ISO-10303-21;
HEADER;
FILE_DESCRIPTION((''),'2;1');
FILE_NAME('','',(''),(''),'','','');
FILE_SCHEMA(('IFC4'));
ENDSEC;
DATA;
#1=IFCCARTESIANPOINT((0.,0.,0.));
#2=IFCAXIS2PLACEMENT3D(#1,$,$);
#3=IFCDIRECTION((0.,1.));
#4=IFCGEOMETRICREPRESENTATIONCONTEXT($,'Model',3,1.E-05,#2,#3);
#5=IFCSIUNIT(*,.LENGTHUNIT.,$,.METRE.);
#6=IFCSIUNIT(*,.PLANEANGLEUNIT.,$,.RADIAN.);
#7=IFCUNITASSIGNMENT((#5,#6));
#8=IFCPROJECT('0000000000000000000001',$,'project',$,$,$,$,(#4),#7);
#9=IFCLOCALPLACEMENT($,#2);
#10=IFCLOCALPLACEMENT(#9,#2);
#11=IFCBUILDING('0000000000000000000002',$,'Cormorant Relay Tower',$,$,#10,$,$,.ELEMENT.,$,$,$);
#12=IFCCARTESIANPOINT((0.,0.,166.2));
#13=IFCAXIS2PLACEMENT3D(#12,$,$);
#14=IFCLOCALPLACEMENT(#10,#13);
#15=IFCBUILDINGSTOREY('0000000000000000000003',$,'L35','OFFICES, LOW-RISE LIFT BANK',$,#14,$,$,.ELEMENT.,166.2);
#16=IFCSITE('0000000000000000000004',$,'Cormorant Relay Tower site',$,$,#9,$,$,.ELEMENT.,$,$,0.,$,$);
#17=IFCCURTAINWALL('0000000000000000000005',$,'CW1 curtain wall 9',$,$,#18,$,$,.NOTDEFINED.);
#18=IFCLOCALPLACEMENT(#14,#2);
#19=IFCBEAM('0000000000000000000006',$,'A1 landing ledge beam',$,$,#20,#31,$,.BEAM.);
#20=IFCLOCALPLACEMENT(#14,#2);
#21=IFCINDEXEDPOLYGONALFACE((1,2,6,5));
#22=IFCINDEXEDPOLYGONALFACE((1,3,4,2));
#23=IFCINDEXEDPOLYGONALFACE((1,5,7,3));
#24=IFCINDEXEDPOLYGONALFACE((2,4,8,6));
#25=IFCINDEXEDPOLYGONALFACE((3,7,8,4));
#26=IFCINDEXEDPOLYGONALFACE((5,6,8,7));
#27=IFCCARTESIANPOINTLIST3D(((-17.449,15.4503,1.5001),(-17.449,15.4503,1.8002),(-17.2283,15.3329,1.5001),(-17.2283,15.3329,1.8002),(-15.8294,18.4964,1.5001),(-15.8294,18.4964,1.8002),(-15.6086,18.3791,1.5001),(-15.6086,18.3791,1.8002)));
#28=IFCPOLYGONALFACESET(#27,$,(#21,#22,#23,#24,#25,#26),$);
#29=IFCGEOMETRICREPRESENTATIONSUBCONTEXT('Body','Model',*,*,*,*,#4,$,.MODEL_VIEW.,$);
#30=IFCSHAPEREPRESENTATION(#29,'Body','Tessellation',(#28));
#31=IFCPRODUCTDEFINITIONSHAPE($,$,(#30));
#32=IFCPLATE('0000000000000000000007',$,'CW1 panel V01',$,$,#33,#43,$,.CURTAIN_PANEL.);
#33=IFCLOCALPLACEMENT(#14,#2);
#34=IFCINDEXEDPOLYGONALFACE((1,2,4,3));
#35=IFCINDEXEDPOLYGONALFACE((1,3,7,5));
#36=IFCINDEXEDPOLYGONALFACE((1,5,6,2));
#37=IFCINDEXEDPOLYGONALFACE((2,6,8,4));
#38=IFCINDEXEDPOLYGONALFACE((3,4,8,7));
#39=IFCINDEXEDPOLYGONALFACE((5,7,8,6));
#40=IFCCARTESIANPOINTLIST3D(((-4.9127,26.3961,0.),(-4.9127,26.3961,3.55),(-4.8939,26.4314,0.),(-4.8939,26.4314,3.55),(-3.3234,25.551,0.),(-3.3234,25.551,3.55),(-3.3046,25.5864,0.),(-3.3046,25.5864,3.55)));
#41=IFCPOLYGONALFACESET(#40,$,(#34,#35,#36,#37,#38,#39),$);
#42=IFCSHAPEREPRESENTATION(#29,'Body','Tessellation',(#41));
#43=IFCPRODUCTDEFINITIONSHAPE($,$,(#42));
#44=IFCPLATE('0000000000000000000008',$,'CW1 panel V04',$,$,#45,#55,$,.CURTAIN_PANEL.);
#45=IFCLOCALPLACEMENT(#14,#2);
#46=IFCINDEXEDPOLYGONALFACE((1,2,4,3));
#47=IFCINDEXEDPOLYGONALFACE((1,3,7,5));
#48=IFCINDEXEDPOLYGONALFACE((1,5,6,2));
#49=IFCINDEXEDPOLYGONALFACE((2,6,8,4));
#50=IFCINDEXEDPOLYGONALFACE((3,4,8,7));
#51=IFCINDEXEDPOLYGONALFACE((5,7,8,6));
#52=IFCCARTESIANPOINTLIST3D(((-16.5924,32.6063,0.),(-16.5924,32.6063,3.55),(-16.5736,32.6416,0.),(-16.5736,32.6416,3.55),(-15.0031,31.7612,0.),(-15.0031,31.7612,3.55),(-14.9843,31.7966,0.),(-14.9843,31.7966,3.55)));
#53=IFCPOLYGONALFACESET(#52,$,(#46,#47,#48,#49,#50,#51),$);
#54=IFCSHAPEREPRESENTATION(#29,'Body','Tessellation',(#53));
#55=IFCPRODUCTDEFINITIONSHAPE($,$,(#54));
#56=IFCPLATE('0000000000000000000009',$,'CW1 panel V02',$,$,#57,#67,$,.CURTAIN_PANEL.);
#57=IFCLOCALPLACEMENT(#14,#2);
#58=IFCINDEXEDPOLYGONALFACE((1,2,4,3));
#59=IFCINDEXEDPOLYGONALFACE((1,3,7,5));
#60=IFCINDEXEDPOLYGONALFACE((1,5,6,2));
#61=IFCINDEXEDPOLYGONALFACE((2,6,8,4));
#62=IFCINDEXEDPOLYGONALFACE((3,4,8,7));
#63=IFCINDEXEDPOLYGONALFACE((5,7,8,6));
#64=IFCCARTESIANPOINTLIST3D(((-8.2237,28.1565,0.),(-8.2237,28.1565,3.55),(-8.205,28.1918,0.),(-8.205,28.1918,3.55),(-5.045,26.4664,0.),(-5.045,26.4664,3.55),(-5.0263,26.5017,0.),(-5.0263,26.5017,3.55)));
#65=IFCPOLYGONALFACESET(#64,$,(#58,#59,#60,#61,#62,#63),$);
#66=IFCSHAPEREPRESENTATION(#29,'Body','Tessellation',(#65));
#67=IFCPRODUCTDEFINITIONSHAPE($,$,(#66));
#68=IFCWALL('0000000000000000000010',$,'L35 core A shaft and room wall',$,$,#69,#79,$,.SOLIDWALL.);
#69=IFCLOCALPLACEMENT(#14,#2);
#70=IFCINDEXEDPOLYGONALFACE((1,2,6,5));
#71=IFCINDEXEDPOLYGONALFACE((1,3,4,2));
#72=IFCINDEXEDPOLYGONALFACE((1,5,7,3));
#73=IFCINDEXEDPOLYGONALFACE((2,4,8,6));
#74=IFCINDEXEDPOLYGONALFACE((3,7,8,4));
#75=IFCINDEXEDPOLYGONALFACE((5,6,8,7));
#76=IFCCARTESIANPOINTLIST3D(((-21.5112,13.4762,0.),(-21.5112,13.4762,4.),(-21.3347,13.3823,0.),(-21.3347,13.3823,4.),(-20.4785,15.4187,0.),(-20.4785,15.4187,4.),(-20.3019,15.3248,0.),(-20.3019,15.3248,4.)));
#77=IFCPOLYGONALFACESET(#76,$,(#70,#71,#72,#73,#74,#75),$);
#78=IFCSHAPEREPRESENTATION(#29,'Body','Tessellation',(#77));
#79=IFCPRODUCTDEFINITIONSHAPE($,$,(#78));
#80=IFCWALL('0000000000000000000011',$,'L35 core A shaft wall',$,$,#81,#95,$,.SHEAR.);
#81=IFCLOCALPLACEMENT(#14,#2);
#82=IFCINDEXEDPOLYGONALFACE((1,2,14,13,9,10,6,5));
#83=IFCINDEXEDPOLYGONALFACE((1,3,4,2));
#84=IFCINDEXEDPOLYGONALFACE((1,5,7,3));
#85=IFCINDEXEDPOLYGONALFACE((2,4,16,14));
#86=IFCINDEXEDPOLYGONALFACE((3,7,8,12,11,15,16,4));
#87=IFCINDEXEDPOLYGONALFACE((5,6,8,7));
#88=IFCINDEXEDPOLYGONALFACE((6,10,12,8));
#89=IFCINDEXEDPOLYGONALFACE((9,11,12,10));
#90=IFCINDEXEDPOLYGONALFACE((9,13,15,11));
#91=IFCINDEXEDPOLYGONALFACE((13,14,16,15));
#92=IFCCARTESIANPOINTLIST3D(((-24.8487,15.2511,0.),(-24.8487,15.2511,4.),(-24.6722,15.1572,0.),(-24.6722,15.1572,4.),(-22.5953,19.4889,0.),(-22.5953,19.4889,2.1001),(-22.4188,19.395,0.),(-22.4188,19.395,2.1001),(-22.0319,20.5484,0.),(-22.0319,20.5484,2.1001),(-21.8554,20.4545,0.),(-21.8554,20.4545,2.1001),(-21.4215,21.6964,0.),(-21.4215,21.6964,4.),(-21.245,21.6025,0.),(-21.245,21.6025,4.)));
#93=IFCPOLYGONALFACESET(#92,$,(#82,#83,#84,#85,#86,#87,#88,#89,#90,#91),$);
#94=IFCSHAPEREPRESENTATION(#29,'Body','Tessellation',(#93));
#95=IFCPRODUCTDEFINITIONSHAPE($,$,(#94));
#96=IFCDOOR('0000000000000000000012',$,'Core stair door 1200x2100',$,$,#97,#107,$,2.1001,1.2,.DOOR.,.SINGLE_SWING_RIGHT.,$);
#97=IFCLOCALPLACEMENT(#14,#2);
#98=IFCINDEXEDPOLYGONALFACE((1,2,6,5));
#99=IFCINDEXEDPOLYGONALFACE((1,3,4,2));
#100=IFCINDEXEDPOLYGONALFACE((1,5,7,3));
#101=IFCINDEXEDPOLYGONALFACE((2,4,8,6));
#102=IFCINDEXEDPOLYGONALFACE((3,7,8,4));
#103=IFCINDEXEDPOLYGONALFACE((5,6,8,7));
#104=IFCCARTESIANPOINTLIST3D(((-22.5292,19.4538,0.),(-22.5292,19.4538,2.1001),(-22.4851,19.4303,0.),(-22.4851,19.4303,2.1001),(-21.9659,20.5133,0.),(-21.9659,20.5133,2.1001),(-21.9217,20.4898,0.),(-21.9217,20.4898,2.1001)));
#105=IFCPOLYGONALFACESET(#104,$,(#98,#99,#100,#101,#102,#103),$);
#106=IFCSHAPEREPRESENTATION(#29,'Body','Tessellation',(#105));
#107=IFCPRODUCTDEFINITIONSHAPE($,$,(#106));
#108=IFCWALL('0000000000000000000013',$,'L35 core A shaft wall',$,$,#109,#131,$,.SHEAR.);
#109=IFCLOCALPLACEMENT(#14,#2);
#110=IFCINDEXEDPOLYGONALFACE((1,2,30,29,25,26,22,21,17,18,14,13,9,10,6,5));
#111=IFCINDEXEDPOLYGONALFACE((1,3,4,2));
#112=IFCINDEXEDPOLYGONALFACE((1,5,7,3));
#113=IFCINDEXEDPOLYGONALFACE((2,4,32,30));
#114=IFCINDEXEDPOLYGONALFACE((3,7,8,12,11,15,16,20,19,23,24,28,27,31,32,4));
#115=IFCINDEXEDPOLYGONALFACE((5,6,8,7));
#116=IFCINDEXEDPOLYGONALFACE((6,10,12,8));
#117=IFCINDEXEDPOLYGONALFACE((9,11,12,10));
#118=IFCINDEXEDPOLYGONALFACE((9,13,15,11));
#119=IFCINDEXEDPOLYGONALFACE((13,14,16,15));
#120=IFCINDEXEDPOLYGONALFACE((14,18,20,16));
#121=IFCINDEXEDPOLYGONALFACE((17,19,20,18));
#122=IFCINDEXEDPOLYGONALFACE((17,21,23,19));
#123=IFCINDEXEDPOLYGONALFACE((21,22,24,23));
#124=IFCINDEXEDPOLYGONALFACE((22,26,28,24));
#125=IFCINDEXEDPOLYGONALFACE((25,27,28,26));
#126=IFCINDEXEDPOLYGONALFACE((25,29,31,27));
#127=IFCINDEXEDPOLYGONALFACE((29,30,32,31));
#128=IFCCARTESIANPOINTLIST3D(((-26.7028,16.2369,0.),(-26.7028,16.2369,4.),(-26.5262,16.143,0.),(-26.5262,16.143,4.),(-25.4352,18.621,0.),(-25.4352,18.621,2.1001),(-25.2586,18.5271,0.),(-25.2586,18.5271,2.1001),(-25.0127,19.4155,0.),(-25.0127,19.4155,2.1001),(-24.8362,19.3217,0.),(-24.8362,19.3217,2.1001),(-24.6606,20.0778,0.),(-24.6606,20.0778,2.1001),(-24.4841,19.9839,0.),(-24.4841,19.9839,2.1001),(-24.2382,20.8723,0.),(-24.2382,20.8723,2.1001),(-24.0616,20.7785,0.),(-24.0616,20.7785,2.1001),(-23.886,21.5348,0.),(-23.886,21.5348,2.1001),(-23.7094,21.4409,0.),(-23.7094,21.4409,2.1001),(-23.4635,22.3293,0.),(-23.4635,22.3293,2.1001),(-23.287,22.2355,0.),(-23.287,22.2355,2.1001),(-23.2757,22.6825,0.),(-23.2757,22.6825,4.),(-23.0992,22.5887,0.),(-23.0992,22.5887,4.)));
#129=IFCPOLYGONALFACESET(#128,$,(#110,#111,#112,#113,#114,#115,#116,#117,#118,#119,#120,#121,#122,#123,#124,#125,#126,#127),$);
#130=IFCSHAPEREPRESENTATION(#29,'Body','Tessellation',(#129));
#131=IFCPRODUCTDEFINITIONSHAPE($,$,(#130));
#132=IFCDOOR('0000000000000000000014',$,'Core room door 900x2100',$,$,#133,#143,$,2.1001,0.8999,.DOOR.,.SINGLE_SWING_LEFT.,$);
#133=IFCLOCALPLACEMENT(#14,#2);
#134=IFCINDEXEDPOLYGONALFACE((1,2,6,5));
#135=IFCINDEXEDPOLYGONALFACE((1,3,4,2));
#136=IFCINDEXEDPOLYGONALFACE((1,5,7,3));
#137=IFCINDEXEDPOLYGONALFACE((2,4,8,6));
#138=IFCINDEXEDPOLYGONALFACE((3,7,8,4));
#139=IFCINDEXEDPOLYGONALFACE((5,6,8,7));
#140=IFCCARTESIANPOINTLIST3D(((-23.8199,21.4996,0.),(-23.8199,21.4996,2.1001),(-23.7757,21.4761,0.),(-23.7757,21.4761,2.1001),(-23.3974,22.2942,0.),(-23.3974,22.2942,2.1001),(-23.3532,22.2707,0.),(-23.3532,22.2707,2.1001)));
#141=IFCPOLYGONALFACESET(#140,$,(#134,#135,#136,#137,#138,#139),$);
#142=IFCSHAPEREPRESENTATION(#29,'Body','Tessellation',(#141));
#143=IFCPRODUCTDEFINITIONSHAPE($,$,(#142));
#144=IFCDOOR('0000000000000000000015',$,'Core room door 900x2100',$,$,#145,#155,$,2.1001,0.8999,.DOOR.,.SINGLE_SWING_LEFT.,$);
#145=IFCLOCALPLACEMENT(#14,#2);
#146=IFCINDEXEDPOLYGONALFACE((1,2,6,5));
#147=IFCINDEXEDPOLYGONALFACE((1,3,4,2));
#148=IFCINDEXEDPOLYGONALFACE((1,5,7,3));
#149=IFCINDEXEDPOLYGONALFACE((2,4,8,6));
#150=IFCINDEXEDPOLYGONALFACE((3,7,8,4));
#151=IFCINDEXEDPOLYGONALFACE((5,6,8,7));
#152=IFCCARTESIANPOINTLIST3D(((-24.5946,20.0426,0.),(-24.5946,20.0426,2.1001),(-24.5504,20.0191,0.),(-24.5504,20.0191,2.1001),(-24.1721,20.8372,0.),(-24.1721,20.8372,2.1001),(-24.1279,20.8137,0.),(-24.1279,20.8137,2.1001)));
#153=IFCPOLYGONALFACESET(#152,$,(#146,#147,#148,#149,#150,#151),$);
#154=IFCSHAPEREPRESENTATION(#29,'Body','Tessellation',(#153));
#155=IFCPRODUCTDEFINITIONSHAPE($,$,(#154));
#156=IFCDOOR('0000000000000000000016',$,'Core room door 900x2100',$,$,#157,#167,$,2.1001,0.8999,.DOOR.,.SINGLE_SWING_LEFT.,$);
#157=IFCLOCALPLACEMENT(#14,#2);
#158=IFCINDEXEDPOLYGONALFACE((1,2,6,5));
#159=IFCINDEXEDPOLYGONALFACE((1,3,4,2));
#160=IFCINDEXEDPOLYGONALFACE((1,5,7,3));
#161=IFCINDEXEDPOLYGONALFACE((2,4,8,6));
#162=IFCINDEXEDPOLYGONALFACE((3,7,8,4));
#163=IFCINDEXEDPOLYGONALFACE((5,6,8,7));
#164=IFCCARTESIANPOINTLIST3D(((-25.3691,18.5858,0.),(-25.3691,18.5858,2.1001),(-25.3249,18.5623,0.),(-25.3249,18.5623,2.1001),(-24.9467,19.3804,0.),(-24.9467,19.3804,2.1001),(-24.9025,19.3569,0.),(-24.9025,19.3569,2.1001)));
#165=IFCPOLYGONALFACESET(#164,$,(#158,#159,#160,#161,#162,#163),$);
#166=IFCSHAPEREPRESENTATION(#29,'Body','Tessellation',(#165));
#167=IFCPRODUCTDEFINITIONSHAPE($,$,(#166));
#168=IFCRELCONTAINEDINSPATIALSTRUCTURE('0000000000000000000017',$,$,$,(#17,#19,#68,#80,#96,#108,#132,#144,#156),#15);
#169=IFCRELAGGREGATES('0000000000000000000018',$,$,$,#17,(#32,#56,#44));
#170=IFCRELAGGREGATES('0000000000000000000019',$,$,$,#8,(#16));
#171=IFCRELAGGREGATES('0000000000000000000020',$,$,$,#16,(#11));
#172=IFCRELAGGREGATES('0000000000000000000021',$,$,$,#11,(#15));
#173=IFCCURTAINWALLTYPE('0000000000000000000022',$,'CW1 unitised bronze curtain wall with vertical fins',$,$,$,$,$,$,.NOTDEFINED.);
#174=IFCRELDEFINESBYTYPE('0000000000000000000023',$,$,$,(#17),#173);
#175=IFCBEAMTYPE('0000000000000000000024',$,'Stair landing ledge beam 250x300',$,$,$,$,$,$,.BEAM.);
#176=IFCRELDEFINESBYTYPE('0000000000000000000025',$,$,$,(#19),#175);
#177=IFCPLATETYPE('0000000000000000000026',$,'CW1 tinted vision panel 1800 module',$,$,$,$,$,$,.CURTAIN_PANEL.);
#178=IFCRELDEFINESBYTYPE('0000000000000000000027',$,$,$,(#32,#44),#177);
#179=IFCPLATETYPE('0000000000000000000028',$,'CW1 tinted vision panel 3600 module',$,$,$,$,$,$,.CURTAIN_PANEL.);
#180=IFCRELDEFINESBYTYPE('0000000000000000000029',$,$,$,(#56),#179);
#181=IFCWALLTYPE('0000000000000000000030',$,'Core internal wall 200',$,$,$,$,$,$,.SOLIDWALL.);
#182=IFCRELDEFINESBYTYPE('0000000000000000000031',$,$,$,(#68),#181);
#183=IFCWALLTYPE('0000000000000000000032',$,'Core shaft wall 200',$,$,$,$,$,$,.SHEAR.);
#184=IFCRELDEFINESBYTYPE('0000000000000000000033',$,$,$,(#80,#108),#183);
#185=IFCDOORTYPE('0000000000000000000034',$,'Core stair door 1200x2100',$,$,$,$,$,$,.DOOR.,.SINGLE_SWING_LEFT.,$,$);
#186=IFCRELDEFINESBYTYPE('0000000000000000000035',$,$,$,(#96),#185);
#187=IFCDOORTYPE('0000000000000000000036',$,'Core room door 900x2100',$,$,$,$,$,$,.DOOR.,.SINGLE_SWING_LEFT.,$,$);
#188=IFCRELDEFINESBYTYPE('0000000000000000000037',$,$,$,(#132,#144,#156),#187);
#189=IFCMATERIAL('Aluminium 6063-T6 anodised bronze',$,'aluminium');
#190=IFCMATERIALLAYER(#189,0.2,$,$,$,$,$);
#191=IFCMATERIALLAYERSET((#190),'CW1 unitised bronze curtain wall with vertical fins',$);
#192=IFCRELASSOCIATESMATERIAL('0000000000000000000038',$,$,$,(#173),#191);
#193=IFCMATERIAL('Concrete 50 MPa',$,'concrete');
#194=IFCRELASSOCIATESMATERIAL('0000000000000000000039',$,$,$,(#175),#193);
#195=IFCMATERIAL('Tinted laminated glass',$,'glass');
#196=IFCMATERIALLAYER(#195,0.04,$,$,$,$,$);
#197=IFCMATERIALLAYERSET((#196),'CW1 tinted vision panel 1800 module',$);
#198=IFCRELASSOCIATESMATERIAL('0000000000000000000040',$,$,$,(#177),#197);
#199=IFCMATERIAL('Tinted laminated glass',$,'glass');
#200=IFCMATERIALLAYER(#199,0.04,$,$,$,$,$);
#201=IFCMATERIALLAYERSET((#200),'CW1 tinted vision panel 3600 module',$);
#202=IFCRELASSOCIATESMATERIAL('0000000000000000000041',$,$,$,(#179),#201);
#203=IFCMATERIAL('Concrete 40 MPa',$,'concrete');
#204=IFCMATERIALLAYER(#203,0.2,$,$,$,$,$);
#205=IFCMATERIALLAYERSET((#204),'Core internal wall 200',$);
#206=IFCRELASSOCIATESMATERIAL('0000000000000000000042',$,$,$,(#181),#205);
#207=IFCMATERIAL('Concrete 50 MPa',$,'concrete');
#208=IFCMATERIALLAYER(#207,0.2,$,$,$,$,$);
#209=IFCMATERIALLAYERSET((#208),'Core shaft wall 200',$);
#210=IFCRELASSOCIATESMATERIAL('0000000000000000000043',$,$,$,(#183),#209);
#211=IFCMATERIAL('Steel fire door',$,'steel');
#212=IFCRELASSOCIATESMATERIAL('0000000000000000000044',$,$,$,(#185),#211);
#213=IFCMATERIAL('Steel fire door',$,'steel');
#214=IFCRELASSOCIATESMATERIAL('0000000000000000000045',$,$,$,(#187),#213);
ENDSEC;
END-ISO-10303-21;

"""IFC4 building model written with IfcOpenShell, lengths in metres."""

from ifc_helpers import new_model, si_unit, direction, frame, frame_2d, origin, origin_2d, place, context, subcontext, project, spatial, rectangle, extrude, material, layer, layer_set, material_profile, profile_set, type_object, element, fill, aggregate, save


model = new_model("IFC4")

# Units and contexts
model_context = context("Model", 3, precision=1e-05, world=origin(), true_north=direction((0.0, 1.0)))
body_context = subcontext(model_context, "Body", "Model", "MODEL_VIEW")
ifc_project = project(units=[si_unit("LENGTHUNIT", "METRE"), si_unit("PLANEANGLEUNIT", "RADIAN")], contexts=[model_context])

# Site, building, storey
site_placement = place(None, origin())
site = spatial("IfcSite", under=ifc_project, at=site_placement, Name="Cormorant Relay Tower site", CompositionType="ELEMENT", RefElevation=0.0)
building_placement = place(site_placement, origin())
building = spatial("IfcBuilding", under=site, at=building_placement, Name="Cormorant Relay Tower", CompositionType="ELEMENT")
storey_placement = place(building_placement, frame((0.0, 0.0, 166.2)))
storey = spatial("IfcBuildingStorey", under=building, at=storey_placement, Name="L35", Description="OFFICES, LOW-RISE LIFT BANK", CompositionType="ELEMENT", Elevation=166.2)

# Curtain wall
ifc_material_1 = material(Name="Aluminium 6063-T6 anodised bronze", Category="aluminium")
ifc_layer_1 = layer(ifc_material_1, 0.2)
ifc_layer_set_1 = layer_set([ifc_layer_1], Name="CW1 unitised bronze curtain wall with vertical fins")
curtain_wall_type = type_object("IfcCurtainWallType", Name="CW1 unitised bronze curtain wall with vertical fins", PredefinedType="NOTDEFINED", material=ifc_layer_set_1)
curtain_wall_placement = place(storey_placement, origin())
curtain_wall = element("IfcCurtainWall", 1, at=curtain_wall_placement, inside=storey, type_object=curtain_wall_type, Name="CW1 curtain wall 9", PredefinedType="NOTDEFINED")

# Beam
ifc_material_2 = material(Name="Concrete 50 MPa", Category="concrete")
ifc_material_profile_1 = material_profile(ifc_material_2, rectangle(XDim=0.25, YDim=0.3, at=origin_2d()), Name="RC 250x300")
ifc_profile_set_1 = profile_set([ifc_material_profile_1], Name="Concrete 50 MPa")
beam_type_1 = type_object("IfcBeamType", Name="Stair landing ledge beam 250x300", PredefinedType="BEAM", material=ifc_profile_set_1)
beam_1_placement = place(storey_placement, frame((-17.3386, 15.3916, 1.6501), z_axis=(0.469464, 0.882952, 0.0), x_axis=(-0.882952, 0.469464, 0.0)))
element("IfcBeam", 2, at=beam_1_placement, inside=storey, type_object=beam_type_1, Name="A1 landing ledge beam", PredefinedType="BEAM", context=body_context, shape_type="SweptSolid", body=[
    extrude(rectangle(XDim=0.25, YDim=0.3, at=origin_2d()), origin(), (0.0, 0.0, 1.0), 3.45),
])

# Plates
ifc_material_3 = material(Name="Tinted laminated glass", Category="glass")
ifc_layer_2 = layer(ifc_material_3, 0.04)
ifc_layer_set_2 = layer_set([ifc_layer_2], Name="CW1 tinted vision panel 1800 module")
plate_type_1 = type_object("IfcPlateType", Name="CW1 tinted vision panel 1800 module", PredefinedType="CURTAIN_PANEL", material=ifc_layer_set_2)
plate_1_placement = place(storey_placement, frame((-4.1086, 25.9912, 0.0), z_axis=(0.0, 0.0, 1.0), x_axis=(-0.882948, 0.469472, 0.0)))
plate_1 = element("IfcPlate", 3, at=plate_1_placement, type_object=plate_type_1, Name="CW1 panel V01", PredefinedType="CURTAIN_PANEL", context=body_context, shape_type="SweptSolid", body=[
    extrude(rectangle(XDim=1.8, YDim=0.04, at=origin_2d()), origin(), (0.0, 0.0, 1.0), 3.55),
])
plate_2_placement = place(storey_placement, frame((-15.7883, 32.2014, 0.0), z_axis=(0.0, 0.0, 1.0), x_axis=(-0.882948, 0.469472, 0.0)))
plate_2 = element("IfcPlate", 4, at=plate_2_placement, type_object=plate_type_1, Name="CW1 panel V04", PredefinedType="CURTAIN_PANEL", context=body_context, shape_type="SweptSolid", body=[
    extrude(rectangle(XDim=1.8, YDim=0.04, at=origin_2d()), origin(), (0.0, 0.0, 1.0), 3.55),
])
ifc_material_4 = material(Name="Tinted laminated glass", Category="glass")
ifc_layer_3 = layer(ifc_material_4, 0.04)
ifc_layer_set_3 = layer_set([ifc_layer_3], Name="CW1 tinted vision panel 3600 module")
plate_type_2 = type_object("IfcPlateType", Name="CW1 tinted vision panel 3600 module", PredefinedType="CURTAIN_PANEL", material=ifc_layer_set_3)
plate_3_placement = place(storey_placement, frame((-6.625, 27.3291, 0.0), z_axis=(0.0, 0.0, 1.0), x_axis=(-0.882948, 0.469472, 0.0)))
plate_3 = element("IfcPlate", 5, at=plate_3_placement, type_object=plate_type_2, Name="CW1 panel V02", PredefinedType="CURTAIN_PANEL", context=body_context, shape_type="SweptSolid", body=[
    extrude(rectangle(XDim=3.6001, YDim=0.04, at=origin_2d()), origin(), (0.0, 0.0, 1.0), 3.55),
])

# Wall
ifc_material_5 = material(Name="Concrete 40 MPa", Category="concrete")
ifc_layer_4 = layer(ifc_material_5, 0.2)
ifc_layer_set_4 = layer_set([ifc_layer_4], Name="Core internal wall 200")
wall_type_1 = type_object("IfcWallType", Name="Core internal wall 200", PredefinedType="SOLIDWALL", material=ifc_layer_set_4)
wall_1_placement = place(storey_placement, frame((-20.3901, 15.3718, 0.0), z_axis=(0.0, 0.0, 1.0), x_axis=(-0.469447, -0.88296, 0.0)))
element("IfcWall", 6, at=wall_1_placement, inside=storey, type_object=wall_type_1, Name="L35 core A shaft and room wall", PredefinedType="SOLIDWALL", context=body_context, shape_type="SweptSolid", body=[
    extrude(rectangle(XDim=2.2, YDim=0.2, at=frame_2d((1.1001, 0.0))), origin(), (0.0, 0.0, 1.0), 4.0),
])

# Wall, opening, door
ifc_material_6 = material(Name="Concrete 50 MPa", Category="concrete")
ifc_layer_5 = layer(ifc_material_6, 0.2)
ifc_layer_set_5 = layer_set([ifc_layer_5], Name="Core shaft wall 200")
wall_type_2 = type_object("IfcWallType", Name="Core shaft wall 200", PredefinedType="SHEAR", material=ifc_layer_set_5)
wall_2_placement = place(storey_placement, frame((-21.3333, 21.6494, 0.0), z_axis=(0.0, 0.0, 1.0), x_axis=(-0.469494, -0.882936, 0.0)))
wall_2 = element("IfcWall", 7, at=wall_2_placement, inside=storey, type_object=wall_type_2, Name="L35 core A shaft wall", PredefinedType="SHEAR", context=body_context, shape_type="SweptSolid", body=[
    extrude(rectangle(XDim=7.2998, YDim=0.2, at=frame_2d((3.6499, 0.0))), origin(), (0.0, 0.0, 1.0), 4.0),
])
opening_1_placement = place(wall_2_placement, frame((1.3, 0.0, 0.0)))
opening_1 = element("IfcOpeningElement", 8, at=opening_1_placement, cuts=wall_2, PredefinedType="OPENING", context=body_context, shape_type="SweptSolid", body=[
    extrude(rectangle(XDim=1.2, YDim=2.1001, at=frame_2d((0.6001, 1.05))), frame((0.0, 0.1099, 0.0), z_axis=(0.0, -1.0, 0.0), x_axis=(1.0, 0.0, 0.0)), (0.0, 0.0, 1.0), 0.22),
])
ifc_material_7 = material(Name="Steel fire door", Category="steel")
door_type_1 = type_object("IfcDoorType", Name="Core stair door 1200x2100", OperationType="SINGLE_SWING_LEFT", PredefinedType="DOOR", material=ifc_material_7)
door_1_placement = place(opening_1_placement, origin())
door_1 = element("IfcDoor", 9, at=door_1_placement, inside=storey, type_object=door_type_1, Name="Core stair door 1200x2100", OperationType="SINGLE_SWING_RIGHT", OverallHeight=2.1001, OverallWidth=1.2, PredefinedType="DOOR", context=body_context, shape_type="SweptSolid", body=[
    extrude(rectangle(XDim=1.2, YDim=2.1001, at=frame_2d((0.6001, 1.05))), frame((0.0, 0.0249, 0.0), z_axis=(0.0, -1.0, 0.0), x_axis=(1.0, 0.0, 0.0)), (0.0, 0.0, 1.0), 0.05),
])
fill(opening_1, door_1)

# Wall, openings, doors
wall_3_placement = place(storey_placement, frame((-23.1875, 22.6355, 0.0), z_axis=(0.0, 0.0, 1.0), x_axis=(-0.469454, -0.882957, 0.0)))
wall_3 = element("IfcWall", 10, at=wall_3_placement, inside=storey, type_object=wall_type_2, Name="L35 core A shaft wall", PredefinedType="SHEAR", context=body_context, shape_type="SweptSolid", body=[
    extrude(rectangle(XDim=7.3, YDim=0.2, at=frame_2d((3.6499, 0.0))), origin(), (0.0, 0.0, 1.0), 4.0),
])
opening_2_placement = place(wall_3_placement, frame((0.3999, 0.0, 0.0)))
opening_2 = element("IfcOpeningElement", 11, at=opening_2_placement, cuts=wall_3, PredefinedType="OPENING", context=body_context, shape_type="SweptSolid", body=[
    extrude(rectangle(XDim=0.8999, YDim=2.1001, at=frame_2d((0.45, 1.05))), frame((0.0, 0.1099, 0.0), z_axis=(0.0, -1.0, 0.0), x_axis=(1.0, 0.0, 0.0)), (0.0, 0.0, 1.0), 0.22),
])
opening_3_placement = place(wall_3_placement, frame((2.05, 0.0, 0.0)))
opening_3 = element("IfcOpeningElement", 12, at=opening_3_placement, cuts=wall_3, PredefinedType="OPENING", context=body_context, shape_type="SweptSolid", body=[
    extrude(rectangle(XDim=0.8999, YDim=2.1001, at=frame_2d((0.45, 1.05))), frame((0.0, 0.1099, 0.0), z_axis=(0.0, -1.0, 0.0), x_axis=(1.0, 0.0, 0.0)), (0.0, 0.0, 1.0), 0.22),
])
opening_4_placement = place(wall_3_placement, frame((3.7, 0.0, 0.0)))
opening_4 = element("IfcOpeningElement", 13, at=opening_4_placement, cuts=wall_3, PredefinedType="OPENING", context=body_context, shape_type="SweptSolid", body=[
    extrude(rectangle(XDim=0.8999, YDim=2.1001, at=frame_2d((0.45, 1.05))), frame((0.0, 0.1099, 0.0), z_axis=(0.0, -1.0, 0.0), x_axis=(1.0, 0.0, 0.0)), (0.0, 0.0, 1.0), 0.22),
])
ifc_material_8 = material(Name="Steel fire door", Category="steel")
door_type_2 = type_object("IfcDoorType", Name="Core room door 900x2100", OperationType="SINGLE_SWING_LEFT", PredefinedType="DOOR", material=ifc_material_8)
door_2_placement = place(opening_2_placement, origin())
door_2 = element("IfcDoor", 14, at=door_2_placement, inside=storey, type_object=door_type_2, Name="Core room door 900x2100", OperationType="SINGLE_SWING_LEFT", OverallHeight=2.1001, OverallWidth=0.8999, PredefinedType="DOOR", context=body_context, shape_type="SweptSolid", body=[
    extrude(rectangle(XDim=0.8999, YDim=2.1001, at=frame_2d((0.45, 1.05))), frame((0.0, 0.0249, 0.0), z_axis=(0.0, -1.0, 0.0), x_axis=(1.0, 0.0, 0.0)), (0.0, 0.0, 1.0), 0.05),
])
fill(opening_2, door_2)
door_3_placement = place(opening_3_placement, origin())
door_3 = element("IfcDoor", 15, at=door_3_placement, inside=storey, type_object=door_type_2, Name="Core room door 900x2100", OperationType="SINGLE_SWING_LEFT", OverallHeight=2.1001, OverallWidth=0.8999, PredefinedType="DOOR", context=body_context, shape_type="SweptSolid", body=[
    extrude(rectangle(XDim=0.8999, YDim=2.1001, at=frame_2d((0.45, 1.05))), frame((0.0, 0.0249, 0.0), z_axis=(0.0, -1.0, 0.0), x_axis=(1.0, 0.0, 0.0)), (0.0, 0.0, 1.0), 0.05),
])
fill(opening_3, door_3)
door_4_placement = place(opening_4_placement, origin())
door_4 = element("IfcDoor", 16, at=door_4_placement, inside=storey, type_object=door_type_2, Name="Core room door 900x2100", OperationType="SINGLE_SWING_LEFT", OverallHeight=2.1001, OverallWidth=0.8999, PredefinedType="DOOR", context=body_context, shape_type="SweptSolid", body=[
    extrude(rectangle(XDim=0.8999, YDim=2.1001, at=frame_2d((0.45, 1.05))), frame((0.0, 0.0249, 0.0), z_axis=(0.0, -1.0, 0.0), x_axis=(1.0, 0.0, 0.0)), (0.0, 0.0, 1.0), 0.05),
])
fill(opening_4, door_4)

aggregate(curtain_wall, [plate_1, plate_3, plate_2])

save(model, "model.ifc")
